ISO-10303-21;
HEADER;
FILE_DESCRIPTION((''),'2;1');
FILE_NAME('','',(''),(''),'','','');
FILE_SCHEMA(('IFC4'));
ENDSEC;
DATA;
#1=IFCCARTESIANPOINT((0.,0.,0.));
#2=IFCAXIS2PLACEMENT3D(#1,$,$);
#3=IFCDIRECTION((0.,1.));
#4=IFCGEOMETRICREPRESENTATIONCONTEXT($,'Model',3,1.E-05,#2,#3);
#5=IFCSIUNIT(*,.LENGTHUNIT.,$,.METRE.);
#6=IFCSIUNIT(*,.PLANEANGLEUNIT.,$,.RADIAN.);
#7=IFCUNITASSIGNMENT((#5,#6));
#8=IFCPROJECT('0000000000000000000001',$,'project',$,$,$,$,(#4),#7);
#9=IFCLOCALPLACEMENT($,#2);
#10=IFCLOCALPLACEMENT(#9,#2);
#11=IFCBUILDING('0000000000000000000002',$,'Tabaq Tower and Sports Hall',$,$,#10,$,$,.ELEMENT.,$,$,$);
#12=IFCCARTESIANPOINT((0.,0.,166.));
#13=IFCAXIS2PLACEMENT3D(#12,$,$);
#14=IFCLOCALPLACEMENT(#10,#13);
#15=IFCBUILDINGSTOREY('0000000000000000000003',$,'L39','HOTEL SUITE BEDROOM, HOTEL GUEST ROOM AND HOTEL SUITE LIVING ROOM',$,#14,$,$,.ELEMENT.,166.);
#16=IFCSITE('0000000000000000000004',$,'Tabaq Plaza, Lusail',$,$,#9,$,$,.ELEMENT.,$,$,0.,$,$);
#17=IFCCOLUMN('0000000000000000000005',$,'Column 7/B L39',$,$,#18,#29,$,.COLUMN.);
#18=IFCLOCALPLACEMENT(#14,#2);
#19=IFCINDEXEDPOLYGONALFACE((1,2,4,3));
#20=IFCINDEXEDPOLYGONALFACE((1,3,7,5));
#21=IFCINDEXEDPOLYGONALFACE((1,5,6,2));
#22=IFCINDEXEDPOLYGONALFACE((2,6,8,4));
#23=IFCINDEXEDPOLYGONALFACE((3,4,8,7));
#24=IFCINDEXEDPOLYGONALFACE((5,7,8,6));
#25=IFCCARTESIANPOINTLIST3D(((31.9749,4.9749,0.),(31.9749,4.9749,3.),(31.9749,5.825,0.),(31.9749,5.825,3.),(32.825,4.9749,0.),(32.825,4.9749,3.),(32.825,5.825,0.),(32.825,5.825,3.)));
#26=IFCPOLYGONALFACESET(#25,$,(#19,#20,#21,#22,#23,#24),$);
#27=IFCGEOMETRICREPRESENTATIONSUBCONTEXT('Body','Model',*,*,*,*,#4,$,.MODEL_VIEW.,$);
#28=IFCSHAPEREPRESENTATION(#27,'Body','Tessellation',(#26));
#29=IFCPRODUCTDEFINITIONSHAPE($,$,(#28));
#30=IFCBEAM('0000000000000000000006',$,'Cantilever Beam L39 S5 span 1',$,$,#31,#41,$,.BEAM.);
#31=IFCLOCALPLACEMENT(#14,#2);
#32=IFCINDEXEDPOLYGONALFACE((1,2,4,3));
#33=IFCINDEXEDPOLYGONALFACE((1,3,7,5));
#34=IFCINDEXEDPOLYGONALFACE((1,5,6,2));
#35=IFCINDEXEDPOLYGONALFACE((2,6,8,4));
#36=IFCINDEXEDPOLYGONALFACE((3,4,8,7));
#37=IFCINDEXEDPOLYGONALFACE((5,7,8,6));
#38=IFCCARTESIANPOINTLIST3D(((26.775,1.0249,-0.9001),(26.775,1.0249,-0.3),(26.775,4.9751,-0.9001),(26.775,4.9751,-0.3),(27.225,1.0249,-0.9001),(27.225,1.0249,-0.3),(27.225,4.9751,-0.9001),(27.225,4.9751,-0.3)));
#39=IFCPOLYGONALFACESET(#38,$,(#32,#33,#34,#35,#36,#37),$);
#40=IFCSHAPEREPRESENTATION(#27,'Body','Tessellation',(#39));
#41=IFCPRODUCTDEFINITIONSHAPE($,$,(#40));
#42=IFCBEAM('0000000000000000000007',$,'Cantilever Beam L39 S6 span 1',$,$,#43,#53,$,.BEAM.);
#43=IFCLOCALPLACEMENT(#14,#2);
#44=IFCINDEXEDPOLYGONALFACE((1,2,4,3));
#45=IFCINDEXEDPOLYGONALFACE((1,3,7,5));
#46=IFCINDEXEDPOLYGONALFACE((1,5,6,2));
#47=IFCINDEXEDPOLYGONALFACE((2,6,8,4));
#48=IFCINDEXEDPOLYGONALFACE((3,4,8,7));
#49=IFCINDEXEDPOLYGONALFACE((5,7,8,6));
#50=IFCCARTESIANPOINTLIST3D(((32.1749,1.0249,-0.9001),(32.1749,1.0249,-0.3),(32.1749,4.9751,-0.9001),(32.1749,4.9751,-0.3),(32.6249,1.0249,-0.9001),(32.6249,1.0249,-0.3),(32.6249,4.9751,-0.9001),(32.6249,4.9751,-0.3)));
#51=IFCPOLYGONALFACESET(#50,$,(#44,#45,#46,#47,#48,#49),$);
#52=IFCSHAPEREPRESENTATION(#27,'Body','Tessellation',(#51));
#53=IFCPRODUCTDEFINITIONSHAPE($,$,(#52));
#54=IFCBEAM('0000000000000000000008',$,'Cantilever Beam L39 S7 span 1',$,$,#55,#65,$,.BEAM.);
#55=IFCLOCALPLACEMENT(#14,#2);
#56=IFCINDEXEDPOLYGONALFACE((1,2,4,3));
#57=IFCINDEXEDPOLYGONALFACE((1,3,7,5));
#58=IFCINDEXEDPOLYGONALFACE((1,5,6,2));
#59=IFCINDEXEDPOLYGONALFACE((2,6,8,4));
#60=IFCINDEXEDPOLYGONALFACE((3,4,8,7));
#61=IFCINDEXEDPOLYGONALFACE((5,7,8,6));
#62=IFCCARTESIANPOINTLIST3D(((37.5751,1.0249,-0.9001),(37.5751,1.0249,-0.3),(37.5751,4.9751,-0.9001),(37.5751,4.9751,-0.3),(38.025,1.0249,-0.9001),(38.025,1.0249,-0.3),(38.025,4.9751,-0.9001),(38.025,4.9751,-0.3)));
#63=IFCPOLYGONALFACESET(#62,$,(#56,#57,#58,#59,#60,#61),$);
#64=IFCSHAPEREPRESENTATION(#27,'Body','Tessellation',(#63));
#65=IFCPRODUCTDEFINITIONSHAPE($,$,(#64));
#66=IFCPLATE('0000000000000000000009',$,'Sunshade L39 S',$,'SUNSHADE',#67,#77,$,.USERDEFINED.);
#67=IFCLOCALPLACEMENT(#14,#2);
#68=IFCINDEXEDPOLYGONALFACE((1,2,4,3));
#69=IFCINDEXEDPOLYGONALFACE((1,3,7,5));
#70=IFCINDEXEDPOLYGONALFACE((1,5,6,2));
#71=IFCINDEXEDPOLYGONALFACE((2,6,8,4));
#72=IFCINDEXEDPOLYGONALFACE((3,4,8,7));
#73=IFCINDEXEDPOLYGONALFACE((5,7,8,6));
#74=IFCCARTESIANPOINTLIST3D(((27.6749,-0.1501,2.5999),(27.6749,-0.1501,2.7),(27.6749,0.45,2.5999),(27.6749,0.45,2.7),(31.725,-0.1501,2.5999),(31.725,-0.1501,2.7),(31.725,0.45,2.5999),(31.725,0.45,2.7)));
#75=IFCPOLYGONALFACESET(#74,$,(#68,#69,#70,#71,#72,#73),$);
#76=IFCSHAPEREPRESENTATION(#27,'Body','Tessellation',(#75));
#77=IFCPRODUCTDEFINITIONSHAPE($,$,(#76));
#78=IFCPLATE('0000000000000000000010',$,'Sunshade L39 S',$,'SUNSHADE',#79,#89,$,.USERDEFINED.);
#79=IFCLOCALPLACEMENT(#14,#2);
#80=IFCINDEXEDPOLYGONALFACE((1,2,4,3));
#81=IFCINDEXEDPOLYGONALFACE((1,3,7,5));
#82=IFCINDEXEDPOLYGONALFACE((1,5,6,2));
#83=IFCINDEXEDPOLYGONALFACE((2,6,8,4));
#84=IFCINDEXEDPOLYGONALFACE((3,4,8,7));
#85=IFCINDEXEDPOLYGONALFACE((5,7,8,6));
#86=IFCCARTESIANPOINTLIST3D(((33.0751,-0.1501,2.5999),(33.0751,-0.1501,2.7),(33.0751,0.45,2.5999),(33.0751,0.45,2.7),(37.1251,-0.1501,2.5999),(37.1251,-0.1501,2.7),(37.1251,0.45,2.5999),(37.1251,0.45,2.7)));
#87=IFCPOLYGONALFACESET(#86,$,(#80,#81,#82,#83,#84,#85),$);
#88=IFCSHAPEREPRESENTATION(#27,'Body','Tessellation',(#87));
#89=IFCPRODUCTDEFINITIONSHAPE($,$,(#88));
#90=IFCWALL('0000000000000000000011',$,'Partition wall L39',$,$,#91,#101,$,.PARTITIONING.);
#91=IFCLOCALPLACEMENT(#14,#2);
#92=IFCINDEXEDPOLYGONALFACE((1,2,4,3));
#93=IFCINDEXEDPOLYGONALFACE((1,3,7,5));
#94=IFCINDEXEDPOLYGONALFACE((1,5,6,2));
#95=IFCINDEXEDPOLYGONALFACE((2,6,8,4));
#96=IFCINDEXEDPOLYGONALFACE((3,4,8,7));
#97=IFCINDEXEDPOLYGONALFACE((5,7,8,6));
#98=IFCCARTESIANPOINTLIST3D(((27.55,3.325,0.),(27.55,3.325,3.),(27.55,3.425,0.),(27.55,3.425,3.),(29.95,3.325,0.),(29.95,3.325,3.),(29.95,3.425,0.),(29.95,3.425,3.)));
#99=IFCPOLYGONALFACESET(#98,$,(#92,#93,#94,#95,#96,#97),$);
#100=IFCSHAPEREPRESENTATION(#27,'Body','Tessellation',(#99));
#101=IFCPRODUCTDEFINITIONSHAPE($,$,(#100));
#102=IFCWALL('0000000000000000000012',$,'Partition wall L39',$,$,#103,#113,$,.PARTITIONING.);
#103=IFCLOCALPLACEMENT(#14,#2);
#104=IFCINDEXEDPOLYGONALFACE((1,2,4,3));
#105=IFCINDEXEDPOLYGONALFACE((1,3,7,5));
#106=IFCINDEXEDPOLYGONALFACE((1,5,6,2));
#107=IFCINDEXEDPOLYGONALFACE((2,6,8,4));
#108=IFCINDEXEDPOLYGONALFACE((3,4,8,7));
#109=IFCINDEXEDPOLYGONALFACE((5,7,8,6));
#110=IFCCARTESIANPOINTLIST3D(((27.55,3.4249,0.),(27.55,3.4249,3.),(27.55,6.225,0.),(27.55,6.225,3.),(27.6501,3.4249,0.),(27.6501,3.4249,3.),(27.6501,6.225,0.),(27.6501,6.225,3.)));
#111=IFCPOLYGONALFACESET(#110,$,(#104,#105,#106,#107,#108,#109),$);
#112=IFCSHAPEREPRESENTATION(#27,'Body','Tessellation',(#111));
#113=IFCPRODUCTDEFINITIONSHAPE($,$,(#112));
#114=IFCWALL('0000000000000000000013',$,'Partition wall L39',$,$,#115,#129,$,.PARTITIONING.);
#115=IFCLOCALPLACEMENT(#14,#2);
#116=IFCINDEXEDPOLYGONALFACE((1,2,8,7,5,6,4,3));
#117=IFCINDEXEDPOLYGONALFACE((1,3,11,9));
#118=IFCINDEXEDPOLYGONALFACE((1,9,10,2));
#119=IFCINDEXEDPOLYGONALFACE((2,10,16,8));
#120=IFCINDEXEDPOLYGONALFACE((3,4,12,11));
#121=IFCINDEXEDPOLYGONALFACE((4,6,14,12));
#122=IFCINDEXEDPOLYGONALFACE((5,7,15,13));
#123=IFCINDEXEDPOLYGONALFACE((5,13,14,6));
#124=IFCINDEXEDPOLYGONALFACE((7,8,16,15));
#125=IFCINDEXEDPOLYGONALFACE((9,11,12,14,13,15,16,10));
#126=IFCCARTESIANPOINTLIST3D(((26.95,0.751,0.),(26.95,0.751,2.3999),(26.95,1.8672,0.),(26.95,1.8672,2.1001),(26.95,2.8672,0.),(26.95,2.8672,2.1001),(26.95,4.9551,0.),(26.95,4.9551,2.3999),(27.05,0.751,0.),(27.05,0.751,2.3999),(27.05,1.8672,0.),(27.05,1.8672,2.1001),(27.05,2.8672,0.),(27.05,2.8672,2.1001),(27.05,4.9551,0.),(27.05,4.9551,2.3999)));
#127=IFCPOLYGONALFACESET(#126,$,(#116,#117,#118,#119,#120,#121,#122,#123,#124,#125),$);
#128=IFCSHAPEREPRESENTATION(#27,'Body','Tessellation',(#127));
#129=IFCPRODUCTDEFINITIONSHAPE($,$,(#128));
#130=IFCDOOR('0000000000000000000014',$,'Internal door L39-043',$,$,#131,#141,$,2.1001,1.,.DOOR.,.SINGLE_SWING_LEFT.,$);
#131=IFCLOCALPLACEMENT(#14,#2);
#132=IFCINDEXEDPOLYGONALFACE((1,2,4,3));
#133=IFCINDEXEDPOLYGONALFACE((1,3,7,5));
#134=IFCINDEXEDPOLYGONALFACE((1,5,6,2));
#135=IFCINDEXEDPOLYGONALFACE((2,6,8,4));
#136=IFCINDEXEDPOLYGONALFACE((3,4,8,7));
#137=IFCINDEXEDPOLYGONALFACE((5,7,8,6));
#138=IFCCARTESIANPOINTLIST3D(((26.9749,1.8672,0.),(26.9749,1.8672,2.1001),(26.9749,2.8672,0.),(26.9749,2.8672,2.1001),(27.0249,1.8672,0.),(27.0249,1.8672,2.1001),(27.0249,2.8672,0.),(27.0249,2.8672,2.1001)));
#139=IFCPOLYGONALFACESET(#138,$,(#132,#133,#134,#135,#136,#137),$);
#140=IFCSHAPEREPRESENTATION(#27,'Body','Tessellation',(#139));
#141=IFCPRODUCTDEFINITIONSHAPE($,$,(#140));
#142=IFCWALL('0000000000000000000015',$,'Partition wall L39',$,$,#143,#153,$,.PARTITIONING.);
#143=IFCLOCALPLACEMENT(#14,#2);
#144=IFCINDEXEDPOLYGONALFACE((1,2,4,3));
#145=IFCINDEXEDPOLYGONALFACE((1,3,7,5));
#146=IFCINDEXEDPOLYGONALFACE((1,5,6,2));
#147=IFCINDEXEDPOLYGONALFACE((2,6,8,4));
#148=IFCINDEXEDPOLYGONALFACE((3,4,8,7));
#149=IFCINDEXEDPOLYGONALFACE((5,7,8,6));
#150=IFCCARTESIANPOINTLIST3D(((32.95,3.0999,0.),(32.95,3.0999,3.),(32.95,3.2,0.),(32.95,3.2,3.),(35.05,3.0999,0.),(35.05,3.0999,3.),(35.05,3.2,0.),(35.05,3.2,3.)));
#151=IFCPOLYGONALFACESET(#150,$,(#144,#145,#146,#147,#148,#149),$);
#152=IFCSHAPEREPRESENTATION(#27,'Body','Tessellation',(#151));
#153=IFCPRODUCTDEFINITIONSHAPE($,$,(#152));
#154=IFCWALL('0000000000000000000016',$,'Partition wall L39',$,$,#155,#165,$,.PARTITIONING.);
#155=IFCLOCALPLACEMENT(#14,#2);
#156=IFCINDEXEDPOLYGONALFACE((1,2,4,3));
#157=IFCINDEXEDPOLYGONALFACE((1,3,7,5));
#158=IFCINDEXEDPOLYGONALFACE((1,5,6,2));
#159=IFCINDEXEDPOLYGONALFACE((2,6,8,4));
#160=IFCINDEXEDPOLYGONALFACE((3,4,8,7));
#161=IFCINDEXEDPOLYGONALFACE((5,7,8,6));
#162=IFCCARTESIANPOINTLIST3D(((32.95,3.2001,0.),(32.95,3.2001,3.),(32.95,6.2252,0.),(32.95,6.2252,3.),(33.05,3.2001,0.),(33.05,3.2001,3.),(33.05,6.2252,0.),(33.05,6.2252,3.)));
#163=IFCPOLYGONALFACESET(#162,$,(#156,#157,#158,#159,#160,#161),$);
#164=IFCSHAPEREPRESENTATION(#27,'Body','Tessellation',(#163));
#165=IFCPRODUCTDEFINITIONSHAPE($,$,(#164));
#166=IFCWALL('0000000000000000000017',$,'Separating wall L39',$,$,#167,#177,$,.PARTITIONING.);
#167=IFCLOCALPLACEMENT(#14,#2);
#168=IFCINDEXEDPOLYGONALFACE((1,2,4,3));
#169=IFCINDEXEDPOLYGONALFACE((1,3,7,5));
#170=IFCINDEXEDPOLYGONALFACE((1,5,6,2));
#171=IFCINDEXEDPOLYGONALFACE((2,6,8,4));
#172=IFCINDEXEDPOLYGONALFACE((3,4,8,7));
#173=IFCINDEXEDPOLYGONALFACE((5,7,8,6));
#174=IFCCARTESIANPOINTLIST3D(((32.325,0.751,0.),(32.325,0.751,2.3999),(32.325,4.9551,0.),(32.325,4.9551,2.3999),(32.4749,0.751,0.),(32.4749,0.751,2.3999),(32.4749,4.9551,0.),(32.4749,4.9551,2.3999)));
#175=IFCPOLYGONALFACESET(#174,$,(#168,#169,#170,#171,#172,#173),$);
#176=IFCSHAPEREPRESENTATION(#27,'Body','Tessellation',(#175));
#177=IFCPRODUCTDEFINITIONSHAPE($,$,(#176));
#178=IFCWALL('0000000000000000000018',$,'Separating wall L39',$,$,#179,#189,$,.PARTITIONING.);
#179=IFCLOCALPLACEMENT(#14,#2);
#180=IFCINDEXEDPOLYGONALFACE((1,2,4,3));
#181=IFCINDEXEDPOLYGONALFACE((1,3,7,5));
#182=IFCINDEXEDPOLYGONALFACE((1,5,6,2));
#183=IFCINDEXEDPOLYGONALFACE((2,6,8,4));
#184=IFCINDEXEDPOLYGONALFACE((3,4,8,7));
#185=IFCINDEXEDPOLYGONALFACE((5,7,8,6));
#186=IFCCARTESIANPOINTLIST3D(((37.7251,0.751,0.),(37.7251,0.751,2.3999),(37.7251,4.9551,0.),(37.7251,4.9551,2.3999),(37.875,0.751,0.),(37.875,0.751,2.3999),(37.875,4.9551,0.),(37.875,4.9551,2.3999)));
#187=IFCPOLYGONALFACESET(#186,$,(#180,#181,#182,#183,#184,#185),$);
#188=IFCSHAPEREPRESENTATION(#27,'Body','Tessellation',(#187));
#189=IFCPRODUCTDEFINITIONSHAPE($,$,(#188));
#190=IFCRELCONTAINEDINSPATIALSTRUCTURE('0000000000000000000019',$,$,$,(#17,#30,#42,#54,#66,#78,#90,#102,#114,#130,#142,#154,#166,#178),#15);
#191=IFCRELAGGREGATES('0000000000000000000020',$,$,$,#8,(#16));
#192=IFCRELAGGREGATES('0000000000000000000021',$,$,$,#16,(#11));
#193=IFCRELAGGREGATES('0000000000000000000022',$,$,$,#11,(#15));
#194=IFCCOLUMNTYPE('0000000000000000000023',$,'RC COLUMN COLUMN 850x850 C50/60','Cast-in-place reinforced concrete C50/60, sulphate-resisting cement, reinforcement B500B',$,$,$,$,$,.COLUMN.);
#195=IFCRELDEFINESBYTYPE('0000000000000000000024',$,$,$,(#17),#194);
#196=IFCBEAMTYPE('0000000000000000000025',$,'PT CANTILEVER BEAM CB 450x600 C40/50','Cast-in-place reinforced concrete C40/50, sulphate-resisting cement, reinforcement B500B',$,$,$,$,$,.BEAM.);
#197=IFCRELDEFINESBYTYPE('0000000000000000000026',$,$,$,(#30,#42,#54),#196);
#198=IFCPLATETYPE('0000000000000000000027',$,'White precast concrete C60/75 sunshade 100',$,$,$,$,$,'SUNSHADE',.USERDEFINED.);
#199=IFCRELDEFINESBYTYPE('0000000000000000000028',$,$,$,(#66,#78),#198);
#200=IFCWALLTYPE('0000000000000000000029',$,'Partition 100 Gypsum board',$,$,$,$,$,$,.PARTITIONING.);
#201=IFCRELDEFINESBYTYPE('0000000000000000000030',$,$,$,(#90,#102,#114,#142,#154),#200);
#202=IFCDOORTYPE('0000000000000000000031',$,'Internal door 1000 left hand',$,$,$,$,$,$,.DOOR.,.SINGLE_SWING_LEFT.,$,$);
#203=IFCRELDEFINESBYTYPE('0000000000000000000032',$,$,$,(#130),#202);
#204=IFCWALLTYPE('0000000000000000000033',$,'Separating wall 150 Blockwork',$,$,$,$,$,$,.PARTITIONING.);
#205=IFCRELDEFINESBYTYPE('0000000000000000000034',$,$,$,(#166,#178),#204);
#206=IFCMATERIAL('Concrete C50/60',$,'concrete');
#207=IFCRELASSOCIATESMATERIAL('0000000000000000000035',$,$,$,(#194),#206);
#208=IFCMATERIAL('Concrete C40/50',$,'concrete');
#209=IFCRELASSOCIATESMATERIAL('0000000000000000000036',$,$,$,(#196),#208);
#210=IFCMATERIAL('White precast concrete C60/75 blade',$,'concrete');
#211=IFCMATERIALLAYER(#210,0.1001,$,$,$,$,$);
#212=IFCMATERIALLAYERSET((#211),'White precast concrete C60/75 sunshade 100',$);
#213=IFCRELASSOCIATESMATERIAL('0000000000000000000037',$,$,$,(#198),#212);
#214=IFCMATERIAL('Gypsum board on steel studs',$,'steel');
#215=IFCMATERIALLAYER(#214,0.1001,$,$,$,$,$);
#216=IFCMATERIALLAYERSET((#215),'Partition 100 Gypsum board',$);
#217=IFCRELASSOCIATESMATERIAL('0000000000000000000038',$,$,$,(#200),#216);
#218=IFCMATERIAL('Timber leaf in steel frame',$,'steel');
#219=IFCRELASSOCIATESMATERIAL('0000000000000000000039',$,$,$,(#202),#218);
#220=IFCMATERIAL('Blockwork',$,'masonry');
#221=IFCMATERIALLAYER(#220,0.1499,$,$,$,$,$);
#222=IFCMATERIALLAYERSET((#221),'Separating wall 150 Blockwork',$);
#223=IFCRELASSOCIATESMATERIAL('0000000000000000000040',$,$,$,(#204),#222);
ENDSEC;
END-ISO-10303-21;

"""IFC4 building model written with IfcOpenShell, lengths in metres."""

from ifc_helpers import new_model, si_unit, direction, frame, frame_2d, origin, origin_2d, place, context, subcontext, project, spatial, rectangle, extrude, material, layer, layer_set, material_profile, profile_set, type_object, element, fill, save


model = new_model("IFC4")

# Units and contexts
model_context = context("Model", 3, precision=1e-05, world=origin(), true_north=direction((0.0, 1.0)))
body_context = subcontext(model_context, "Body", "Model", "MODEL_VIEW")
ifc_project = project(units=[si_unit("LENGTHUNIT", "METRE"), si_unit("PLANEANGLEUNIT", "RADIAN")], contexts=[model_context])

# Site, building, storey
site_placement = place(None, origin())
site = spatial("IfcSite", under=ifc_project, at=site_placement, Name="Tabaq Plaza, Lusail", CompositionType="ELEMENT", RefElevation=0.0)
building_placement = place(site_placement, origin())
building = spatial("IfcBuilding", under=site, at=building_placement, Name="Tabaq Tower and Sports Hall", CompositionType="ELEMENT")
storey_placement = place(building_placement, frame((0.0, 0.0, 166.0)))
storey = spatial("IfcBuildingStorey", under=building, at=storey_placement, Name="L39", Description="HOTEL SUITE BEDROOM, HOTEL GUEST ROOM AND HOTEL SUITE LIVING ROOM", CompositionType="ELEMENT", Elevation=166.0)

# Column
ifc_material_1 = material(Name="Concrete C50/60", Category="concrete")
ifc_material_profile_1 = material_profile(ifc_material_1, rectangle(XDim=0.8501, YDim=0.8501, at=origin_2d()), Name="COLUMN 850x850")
ifc_profile_set_1 = profile_set([ifc_material_profile_1], Name="Concrete C50/60")
column_type = type_object("IfcColumnType", Name="RC COLUMN COLUMN 850x850 C50/60", Description="Cast-in-place reinforced concrete C50/60, sulphate-resisting cement, reinforcement B500B", PredefinedType="COLUMN", material=ifc_profile_set_1)
column_placement = place(storey_placement, frame((32.3999, 5.3999, 0.0), z_axis=(0.0, 0.0, 1.0), x_axis=(1.0, 0.0, 0.0)))
element("IfcColumn", 1, at=column_placement, inside=storey, type_object=column_type, Name="Column 7/B L39", PredefinedType="COLUMN", context=body_context, shape_type="SweptSolid", body=[
    extrude(rectangle(XDim=0.8501, YDim=0.8501, at=origin_2d()), origin(), (0.0, 0.0, 1.0), 3.0),
])

# Beams
ifc_material_2 = material(Name="Concrete C40/50", Category="concrete")
ifc_material_profile_2 = material_profile(ifc_material_2, rectangle(XDim=0.45, YDim=0.6001, at=origin_2d()), Name="CB 450x600")
ifc_profile_set_2 = profile_set([ifc_material_profile_2], Name="Concrete C40/50")
beam_type = type_object("IfcBeamType", Name="PT CANTILEVER BEAM CB 450x600 C40/50", Description="Cast-in-place reinforced concrete C40/50, sulphate-resisting cement, reinforcement B500B", PredefinedType="BEAM", material=ifc_profile_set_2)
for number, where, z_axis, x_axis, name in (
    (2, (27.0, 1.0249, -0.6001), (0.0, 1.0, 0.0), (-1.0, 0.0, 0.0), "Cantilever Beam L39 S5 span 1"),
    (3, (32.3999, 1.0249, -0.6001), (0.0, 1.0, 0.0), (-1.0, 0.0, 0.0), "Cantilever Beam L39 S6 span 1"),
    (4, (37.8, 1.0249, -0.6001), (0.0, 1.0, 0.0), (-1.0, 0.0, 0.0), "Cantilever Beam L39 S7 span 1"),
):
    element("IfcBeam", number, at=place(storey_placement, frame(where, z_axis=z_axis, x_axis=x_axis)), inside=storey, type_object=beam_type, Name=name, PredefinedType="BEAM", context=body_context, shape_type="SweptSolid", body=[
        extrude(rectangle(XDim=0.45, YDim=0.6001, at=origin_2d()), origin(), (0.0, 0.0, 1.0), 3.9502),
    ])

# Plates
ifc_material_3 = material(Name="White precast concrete C60/75 blade", Category="concrete")
ifc_layer_1 = layer(ifc_material_3, 0.1001)
ifc_layer_set_1 = layer_set([ifc_layer_1], Name="White precast concrete C60/75 sunshade 100")
plate_type = type_object("IfcPlateType", Name="White precast concrete C60/75 sunshade 100", ElementType="SUNSHADE", PredefinedType="USERDEFINED", material=ifc_layer_set_1)
for number, where, z_axis, x_axis, name in (
    (5, (29.7, 0.1499, 2.5999), (0.0, 0.0, 1.0), (1.0, 0.0, 0.0), "Sunshade L39 S"),
    (6, (35.1001, 0.1499, 2.5999), (0.0, 0.0, 1.0), (1.0, 0.0, 0.0), "Sunshade L39 S"),
):
    element("IfcPlate", number, at=place(storey_placement, frame(where, z_axis=z_axis, x_axis=x_axis)), inside=storey, type_object=plate_type, Name=name, ObjectType="SUNSHADE", PredefinedType="USERDEFINED", context=body_context, shape_type="SweptSolid", body=[
        extrude(rectangle(XDim=4.05, YDim=0.6001, at=origin_2d()), origin(), (0.0, 0.0, 1.0), 0.1001),
    ])

# Walls
ifc_material_4 = material(Name="Gypsum board on steel studs", Category="steel")
ifc_layer_2 = layer(ifc_material_4, 0.1001)
ifc_layer_set_2 = layer_set([ifc_layer_2], Name="Partition 100 Gypsum board")
wall_type_1 = type_object("IfcWallType", Name="Partition 100 Gypsum board", PredefinedType="PARTITIONING", material=ifc_layer_set_2)
wall_1_placement = place(storey_placement, frame((29.95, 3.375, 0.0), z_axis=(0.0, 0.0, 1.0), x_axis=(-1.0, 0.0, 0.0)))
element("IfcWall", 7, at=wall_1_placement, inside=storey, type_object=wall_type_1, Name="Partition wall L39", PredefinedType="PARTITIONING", context=body_context, shape_type="SweptSolid", body=[
    extrude(rectangle(XDim=2.3999, YDim=0.1001, at=frame_2d((1.2, 0.0))), origin(), (0.0, 0.0, 1.0), 3.0),
])
wall_2_placement = place(storey_placement, frame((27.6001, 3.425, 0.0), z_axis=(0.0, 0.0, 1.0), x_axis=(0.0, 1.0, 0.0)))
element("IfcWall", 8, at=wall_2_placement, inside=storey, type_object=wall_type_1, Name="Partition wall L39", PredefinedType="PARTITIONING", context=body_context, shape_type="SweptSolid", body=[
    extrude(rectangle(XDim=2.8, YDim=0.1001, at=frame_2d((1.3999, 0.0))), origin(), (0.0, 0.0, 1.0), 3.0),
])

# Wall, opening, door
wall_3_placement = place(storey_placement, frame((27.0, 4.9551, 0.0), z_axis=(0.0, 0.0, 1.0), x_axis=(0.0, -1.0, 0.0)))
wall_3 = element("IfcWall", 9, at=wall_3_placement, inside=storey, type_object=wall_type_1, Name="Partition wall L39", PredefinedType="PARTITIONING", context=body_context, shape_type="SweptSolid", body=[
    extrude(rectangle(XDim=4.2041, YDim=0.1001, at=frame_2d((2.1021, 0.0))), origin(), (0.0, 0.0, 1.0), 2.3999),
])
opening_placement = place(wall_3_placement, frame((2.0879, 0.0, 0.0)))
opening = element("IfcOpeningElement", 10, at=opening_placement, cuts=wall_3, PredefinedType="OPENING", context=body_context, shape_type="SweptSolid", body=[
    extrude(rectangle(XDim=1.0, YDim=2.1001, at=frame_2d((0.5, 1.05))), frame((0.0, 0.05, 0.0), z_axis=(0.0, -1.0, 0.0), x_axis=(1.0, 0.0, 0.0)), (0.0, 0.0, 1.0), 0.1001),
])
ifc_material_5 = material(Name="Timber leaf in steel frame", Category="steel")
door_type = type_object("IfcDoorType", Name="Internal door 1000 left hand", OperationType="SINGLE_SWING_LEFT", PredefinedType="DOOR", material=ifc_material_5)
door_placement = place(opening_placement, origin())
door = element("IfcDoor", 11, at=door_placement, inside=storey, type_object=door_type, Name="Internal door L39-043", OperationType="SINGLE_SWING_LEFT", OverallHeight=2.1001, OverallWidth=1.0, PredefinedType="DOOR", context=body_context, shape_type="SweptSolid", body=[
    extrude(rectangle(XDim=1.0, YDim=2.1001, at=frame_2d((0.5, 1.05))), frame((0.0, 0.0249, 0.0), z_axis=(0.0, -1.0, 0.0), x_axis=(1.0, 0.0, 0.0)), (0.0, 0.0, 1.0), 0.05),
])
fill(opening, door)

# Walls
wall_4_placement = place(storey_placement, frame((35.05, 3.1499, 0.0), z_axis=(0.0, 0.0, 1.0), x_axis=(-1.0, 0.0, 0.0)))
element("IfcWall", 12, at=wall_4_placement, inside=storey, type_object=wall_type_1, Name="Partition wall L39", PredefinedType="PARTITIONING", context=body_context, shape_type="SweptSolid", body=[
    extrude(rectangle(XDim=2.1001, YDim=0.1001, at=frame_2d((1.05, 0.0))), origin(), (0.0, 0.0, 1.0), 3.0),
])
wall_5_placement = place(storey_placement, frame((33.0, 3.2, 0.0), z_axis=(0.0, 0.0, 1.0), x_axis=(0.0, 1.0, 0.0)))
element("IfcWall", 13, at=wall_5_placement, inside=storey, type_object=wall_type_1, Name="Partition wall L39", PredefinedType="PARTITIONING", context=body_context, shape_type="SweptSolid", body=[
    extrude(rectangle(XDim=3.0251, YDim=0.1001, at=frame_2d((1.5127, 0.0))), origin(), (0.0, 0.0, 1.0), 3.0),
])
ifc_material_6 = material(Name="Blockwork", Category="masonry")
ifc_layer_3 = layer(ifc_material_6, 0.1499)
ifc_layer_set_3 = layer_set([ifc_layer_3], Name="Separating wall 150 Blockwork")
wall_type_2 = type_object("IfcWallType", Name="Separating wall 150 Blockwork", PredefinedType="PARTITIONING", material=ifc_layer_set_3)
for number, where, z_axis, x_axis, name in (
    (14, (32.3999, 0.751, 0.0), (0.0, 0.0, 1.0), (0.0, 1.0, 0.0), "Separating wall L39"),
    (15, (37.8, 0.751, 0.0), (0.0, 0.0, 1.0), (0.0, 1.0, 0.0), "Separating wall L39"),
):
    element("IfcWall", number, at=place(storey_placement, frame(where, z_axis=z_axis, x_axis=x_axis)), inside=storey, type_object=wall_type_2, Name=name, PredefinedType="PARTITIONING", context=body_context, shape_type="SweptSolid", body=[
        extrude(rectangle(XDim=4.2041, YDim=0.1499, at=frame_2d((2.1021, 0.0))), origin(), (0.0, 0.0, 1.0), 2.3999),
    ])

save(model, "model.ifc")
